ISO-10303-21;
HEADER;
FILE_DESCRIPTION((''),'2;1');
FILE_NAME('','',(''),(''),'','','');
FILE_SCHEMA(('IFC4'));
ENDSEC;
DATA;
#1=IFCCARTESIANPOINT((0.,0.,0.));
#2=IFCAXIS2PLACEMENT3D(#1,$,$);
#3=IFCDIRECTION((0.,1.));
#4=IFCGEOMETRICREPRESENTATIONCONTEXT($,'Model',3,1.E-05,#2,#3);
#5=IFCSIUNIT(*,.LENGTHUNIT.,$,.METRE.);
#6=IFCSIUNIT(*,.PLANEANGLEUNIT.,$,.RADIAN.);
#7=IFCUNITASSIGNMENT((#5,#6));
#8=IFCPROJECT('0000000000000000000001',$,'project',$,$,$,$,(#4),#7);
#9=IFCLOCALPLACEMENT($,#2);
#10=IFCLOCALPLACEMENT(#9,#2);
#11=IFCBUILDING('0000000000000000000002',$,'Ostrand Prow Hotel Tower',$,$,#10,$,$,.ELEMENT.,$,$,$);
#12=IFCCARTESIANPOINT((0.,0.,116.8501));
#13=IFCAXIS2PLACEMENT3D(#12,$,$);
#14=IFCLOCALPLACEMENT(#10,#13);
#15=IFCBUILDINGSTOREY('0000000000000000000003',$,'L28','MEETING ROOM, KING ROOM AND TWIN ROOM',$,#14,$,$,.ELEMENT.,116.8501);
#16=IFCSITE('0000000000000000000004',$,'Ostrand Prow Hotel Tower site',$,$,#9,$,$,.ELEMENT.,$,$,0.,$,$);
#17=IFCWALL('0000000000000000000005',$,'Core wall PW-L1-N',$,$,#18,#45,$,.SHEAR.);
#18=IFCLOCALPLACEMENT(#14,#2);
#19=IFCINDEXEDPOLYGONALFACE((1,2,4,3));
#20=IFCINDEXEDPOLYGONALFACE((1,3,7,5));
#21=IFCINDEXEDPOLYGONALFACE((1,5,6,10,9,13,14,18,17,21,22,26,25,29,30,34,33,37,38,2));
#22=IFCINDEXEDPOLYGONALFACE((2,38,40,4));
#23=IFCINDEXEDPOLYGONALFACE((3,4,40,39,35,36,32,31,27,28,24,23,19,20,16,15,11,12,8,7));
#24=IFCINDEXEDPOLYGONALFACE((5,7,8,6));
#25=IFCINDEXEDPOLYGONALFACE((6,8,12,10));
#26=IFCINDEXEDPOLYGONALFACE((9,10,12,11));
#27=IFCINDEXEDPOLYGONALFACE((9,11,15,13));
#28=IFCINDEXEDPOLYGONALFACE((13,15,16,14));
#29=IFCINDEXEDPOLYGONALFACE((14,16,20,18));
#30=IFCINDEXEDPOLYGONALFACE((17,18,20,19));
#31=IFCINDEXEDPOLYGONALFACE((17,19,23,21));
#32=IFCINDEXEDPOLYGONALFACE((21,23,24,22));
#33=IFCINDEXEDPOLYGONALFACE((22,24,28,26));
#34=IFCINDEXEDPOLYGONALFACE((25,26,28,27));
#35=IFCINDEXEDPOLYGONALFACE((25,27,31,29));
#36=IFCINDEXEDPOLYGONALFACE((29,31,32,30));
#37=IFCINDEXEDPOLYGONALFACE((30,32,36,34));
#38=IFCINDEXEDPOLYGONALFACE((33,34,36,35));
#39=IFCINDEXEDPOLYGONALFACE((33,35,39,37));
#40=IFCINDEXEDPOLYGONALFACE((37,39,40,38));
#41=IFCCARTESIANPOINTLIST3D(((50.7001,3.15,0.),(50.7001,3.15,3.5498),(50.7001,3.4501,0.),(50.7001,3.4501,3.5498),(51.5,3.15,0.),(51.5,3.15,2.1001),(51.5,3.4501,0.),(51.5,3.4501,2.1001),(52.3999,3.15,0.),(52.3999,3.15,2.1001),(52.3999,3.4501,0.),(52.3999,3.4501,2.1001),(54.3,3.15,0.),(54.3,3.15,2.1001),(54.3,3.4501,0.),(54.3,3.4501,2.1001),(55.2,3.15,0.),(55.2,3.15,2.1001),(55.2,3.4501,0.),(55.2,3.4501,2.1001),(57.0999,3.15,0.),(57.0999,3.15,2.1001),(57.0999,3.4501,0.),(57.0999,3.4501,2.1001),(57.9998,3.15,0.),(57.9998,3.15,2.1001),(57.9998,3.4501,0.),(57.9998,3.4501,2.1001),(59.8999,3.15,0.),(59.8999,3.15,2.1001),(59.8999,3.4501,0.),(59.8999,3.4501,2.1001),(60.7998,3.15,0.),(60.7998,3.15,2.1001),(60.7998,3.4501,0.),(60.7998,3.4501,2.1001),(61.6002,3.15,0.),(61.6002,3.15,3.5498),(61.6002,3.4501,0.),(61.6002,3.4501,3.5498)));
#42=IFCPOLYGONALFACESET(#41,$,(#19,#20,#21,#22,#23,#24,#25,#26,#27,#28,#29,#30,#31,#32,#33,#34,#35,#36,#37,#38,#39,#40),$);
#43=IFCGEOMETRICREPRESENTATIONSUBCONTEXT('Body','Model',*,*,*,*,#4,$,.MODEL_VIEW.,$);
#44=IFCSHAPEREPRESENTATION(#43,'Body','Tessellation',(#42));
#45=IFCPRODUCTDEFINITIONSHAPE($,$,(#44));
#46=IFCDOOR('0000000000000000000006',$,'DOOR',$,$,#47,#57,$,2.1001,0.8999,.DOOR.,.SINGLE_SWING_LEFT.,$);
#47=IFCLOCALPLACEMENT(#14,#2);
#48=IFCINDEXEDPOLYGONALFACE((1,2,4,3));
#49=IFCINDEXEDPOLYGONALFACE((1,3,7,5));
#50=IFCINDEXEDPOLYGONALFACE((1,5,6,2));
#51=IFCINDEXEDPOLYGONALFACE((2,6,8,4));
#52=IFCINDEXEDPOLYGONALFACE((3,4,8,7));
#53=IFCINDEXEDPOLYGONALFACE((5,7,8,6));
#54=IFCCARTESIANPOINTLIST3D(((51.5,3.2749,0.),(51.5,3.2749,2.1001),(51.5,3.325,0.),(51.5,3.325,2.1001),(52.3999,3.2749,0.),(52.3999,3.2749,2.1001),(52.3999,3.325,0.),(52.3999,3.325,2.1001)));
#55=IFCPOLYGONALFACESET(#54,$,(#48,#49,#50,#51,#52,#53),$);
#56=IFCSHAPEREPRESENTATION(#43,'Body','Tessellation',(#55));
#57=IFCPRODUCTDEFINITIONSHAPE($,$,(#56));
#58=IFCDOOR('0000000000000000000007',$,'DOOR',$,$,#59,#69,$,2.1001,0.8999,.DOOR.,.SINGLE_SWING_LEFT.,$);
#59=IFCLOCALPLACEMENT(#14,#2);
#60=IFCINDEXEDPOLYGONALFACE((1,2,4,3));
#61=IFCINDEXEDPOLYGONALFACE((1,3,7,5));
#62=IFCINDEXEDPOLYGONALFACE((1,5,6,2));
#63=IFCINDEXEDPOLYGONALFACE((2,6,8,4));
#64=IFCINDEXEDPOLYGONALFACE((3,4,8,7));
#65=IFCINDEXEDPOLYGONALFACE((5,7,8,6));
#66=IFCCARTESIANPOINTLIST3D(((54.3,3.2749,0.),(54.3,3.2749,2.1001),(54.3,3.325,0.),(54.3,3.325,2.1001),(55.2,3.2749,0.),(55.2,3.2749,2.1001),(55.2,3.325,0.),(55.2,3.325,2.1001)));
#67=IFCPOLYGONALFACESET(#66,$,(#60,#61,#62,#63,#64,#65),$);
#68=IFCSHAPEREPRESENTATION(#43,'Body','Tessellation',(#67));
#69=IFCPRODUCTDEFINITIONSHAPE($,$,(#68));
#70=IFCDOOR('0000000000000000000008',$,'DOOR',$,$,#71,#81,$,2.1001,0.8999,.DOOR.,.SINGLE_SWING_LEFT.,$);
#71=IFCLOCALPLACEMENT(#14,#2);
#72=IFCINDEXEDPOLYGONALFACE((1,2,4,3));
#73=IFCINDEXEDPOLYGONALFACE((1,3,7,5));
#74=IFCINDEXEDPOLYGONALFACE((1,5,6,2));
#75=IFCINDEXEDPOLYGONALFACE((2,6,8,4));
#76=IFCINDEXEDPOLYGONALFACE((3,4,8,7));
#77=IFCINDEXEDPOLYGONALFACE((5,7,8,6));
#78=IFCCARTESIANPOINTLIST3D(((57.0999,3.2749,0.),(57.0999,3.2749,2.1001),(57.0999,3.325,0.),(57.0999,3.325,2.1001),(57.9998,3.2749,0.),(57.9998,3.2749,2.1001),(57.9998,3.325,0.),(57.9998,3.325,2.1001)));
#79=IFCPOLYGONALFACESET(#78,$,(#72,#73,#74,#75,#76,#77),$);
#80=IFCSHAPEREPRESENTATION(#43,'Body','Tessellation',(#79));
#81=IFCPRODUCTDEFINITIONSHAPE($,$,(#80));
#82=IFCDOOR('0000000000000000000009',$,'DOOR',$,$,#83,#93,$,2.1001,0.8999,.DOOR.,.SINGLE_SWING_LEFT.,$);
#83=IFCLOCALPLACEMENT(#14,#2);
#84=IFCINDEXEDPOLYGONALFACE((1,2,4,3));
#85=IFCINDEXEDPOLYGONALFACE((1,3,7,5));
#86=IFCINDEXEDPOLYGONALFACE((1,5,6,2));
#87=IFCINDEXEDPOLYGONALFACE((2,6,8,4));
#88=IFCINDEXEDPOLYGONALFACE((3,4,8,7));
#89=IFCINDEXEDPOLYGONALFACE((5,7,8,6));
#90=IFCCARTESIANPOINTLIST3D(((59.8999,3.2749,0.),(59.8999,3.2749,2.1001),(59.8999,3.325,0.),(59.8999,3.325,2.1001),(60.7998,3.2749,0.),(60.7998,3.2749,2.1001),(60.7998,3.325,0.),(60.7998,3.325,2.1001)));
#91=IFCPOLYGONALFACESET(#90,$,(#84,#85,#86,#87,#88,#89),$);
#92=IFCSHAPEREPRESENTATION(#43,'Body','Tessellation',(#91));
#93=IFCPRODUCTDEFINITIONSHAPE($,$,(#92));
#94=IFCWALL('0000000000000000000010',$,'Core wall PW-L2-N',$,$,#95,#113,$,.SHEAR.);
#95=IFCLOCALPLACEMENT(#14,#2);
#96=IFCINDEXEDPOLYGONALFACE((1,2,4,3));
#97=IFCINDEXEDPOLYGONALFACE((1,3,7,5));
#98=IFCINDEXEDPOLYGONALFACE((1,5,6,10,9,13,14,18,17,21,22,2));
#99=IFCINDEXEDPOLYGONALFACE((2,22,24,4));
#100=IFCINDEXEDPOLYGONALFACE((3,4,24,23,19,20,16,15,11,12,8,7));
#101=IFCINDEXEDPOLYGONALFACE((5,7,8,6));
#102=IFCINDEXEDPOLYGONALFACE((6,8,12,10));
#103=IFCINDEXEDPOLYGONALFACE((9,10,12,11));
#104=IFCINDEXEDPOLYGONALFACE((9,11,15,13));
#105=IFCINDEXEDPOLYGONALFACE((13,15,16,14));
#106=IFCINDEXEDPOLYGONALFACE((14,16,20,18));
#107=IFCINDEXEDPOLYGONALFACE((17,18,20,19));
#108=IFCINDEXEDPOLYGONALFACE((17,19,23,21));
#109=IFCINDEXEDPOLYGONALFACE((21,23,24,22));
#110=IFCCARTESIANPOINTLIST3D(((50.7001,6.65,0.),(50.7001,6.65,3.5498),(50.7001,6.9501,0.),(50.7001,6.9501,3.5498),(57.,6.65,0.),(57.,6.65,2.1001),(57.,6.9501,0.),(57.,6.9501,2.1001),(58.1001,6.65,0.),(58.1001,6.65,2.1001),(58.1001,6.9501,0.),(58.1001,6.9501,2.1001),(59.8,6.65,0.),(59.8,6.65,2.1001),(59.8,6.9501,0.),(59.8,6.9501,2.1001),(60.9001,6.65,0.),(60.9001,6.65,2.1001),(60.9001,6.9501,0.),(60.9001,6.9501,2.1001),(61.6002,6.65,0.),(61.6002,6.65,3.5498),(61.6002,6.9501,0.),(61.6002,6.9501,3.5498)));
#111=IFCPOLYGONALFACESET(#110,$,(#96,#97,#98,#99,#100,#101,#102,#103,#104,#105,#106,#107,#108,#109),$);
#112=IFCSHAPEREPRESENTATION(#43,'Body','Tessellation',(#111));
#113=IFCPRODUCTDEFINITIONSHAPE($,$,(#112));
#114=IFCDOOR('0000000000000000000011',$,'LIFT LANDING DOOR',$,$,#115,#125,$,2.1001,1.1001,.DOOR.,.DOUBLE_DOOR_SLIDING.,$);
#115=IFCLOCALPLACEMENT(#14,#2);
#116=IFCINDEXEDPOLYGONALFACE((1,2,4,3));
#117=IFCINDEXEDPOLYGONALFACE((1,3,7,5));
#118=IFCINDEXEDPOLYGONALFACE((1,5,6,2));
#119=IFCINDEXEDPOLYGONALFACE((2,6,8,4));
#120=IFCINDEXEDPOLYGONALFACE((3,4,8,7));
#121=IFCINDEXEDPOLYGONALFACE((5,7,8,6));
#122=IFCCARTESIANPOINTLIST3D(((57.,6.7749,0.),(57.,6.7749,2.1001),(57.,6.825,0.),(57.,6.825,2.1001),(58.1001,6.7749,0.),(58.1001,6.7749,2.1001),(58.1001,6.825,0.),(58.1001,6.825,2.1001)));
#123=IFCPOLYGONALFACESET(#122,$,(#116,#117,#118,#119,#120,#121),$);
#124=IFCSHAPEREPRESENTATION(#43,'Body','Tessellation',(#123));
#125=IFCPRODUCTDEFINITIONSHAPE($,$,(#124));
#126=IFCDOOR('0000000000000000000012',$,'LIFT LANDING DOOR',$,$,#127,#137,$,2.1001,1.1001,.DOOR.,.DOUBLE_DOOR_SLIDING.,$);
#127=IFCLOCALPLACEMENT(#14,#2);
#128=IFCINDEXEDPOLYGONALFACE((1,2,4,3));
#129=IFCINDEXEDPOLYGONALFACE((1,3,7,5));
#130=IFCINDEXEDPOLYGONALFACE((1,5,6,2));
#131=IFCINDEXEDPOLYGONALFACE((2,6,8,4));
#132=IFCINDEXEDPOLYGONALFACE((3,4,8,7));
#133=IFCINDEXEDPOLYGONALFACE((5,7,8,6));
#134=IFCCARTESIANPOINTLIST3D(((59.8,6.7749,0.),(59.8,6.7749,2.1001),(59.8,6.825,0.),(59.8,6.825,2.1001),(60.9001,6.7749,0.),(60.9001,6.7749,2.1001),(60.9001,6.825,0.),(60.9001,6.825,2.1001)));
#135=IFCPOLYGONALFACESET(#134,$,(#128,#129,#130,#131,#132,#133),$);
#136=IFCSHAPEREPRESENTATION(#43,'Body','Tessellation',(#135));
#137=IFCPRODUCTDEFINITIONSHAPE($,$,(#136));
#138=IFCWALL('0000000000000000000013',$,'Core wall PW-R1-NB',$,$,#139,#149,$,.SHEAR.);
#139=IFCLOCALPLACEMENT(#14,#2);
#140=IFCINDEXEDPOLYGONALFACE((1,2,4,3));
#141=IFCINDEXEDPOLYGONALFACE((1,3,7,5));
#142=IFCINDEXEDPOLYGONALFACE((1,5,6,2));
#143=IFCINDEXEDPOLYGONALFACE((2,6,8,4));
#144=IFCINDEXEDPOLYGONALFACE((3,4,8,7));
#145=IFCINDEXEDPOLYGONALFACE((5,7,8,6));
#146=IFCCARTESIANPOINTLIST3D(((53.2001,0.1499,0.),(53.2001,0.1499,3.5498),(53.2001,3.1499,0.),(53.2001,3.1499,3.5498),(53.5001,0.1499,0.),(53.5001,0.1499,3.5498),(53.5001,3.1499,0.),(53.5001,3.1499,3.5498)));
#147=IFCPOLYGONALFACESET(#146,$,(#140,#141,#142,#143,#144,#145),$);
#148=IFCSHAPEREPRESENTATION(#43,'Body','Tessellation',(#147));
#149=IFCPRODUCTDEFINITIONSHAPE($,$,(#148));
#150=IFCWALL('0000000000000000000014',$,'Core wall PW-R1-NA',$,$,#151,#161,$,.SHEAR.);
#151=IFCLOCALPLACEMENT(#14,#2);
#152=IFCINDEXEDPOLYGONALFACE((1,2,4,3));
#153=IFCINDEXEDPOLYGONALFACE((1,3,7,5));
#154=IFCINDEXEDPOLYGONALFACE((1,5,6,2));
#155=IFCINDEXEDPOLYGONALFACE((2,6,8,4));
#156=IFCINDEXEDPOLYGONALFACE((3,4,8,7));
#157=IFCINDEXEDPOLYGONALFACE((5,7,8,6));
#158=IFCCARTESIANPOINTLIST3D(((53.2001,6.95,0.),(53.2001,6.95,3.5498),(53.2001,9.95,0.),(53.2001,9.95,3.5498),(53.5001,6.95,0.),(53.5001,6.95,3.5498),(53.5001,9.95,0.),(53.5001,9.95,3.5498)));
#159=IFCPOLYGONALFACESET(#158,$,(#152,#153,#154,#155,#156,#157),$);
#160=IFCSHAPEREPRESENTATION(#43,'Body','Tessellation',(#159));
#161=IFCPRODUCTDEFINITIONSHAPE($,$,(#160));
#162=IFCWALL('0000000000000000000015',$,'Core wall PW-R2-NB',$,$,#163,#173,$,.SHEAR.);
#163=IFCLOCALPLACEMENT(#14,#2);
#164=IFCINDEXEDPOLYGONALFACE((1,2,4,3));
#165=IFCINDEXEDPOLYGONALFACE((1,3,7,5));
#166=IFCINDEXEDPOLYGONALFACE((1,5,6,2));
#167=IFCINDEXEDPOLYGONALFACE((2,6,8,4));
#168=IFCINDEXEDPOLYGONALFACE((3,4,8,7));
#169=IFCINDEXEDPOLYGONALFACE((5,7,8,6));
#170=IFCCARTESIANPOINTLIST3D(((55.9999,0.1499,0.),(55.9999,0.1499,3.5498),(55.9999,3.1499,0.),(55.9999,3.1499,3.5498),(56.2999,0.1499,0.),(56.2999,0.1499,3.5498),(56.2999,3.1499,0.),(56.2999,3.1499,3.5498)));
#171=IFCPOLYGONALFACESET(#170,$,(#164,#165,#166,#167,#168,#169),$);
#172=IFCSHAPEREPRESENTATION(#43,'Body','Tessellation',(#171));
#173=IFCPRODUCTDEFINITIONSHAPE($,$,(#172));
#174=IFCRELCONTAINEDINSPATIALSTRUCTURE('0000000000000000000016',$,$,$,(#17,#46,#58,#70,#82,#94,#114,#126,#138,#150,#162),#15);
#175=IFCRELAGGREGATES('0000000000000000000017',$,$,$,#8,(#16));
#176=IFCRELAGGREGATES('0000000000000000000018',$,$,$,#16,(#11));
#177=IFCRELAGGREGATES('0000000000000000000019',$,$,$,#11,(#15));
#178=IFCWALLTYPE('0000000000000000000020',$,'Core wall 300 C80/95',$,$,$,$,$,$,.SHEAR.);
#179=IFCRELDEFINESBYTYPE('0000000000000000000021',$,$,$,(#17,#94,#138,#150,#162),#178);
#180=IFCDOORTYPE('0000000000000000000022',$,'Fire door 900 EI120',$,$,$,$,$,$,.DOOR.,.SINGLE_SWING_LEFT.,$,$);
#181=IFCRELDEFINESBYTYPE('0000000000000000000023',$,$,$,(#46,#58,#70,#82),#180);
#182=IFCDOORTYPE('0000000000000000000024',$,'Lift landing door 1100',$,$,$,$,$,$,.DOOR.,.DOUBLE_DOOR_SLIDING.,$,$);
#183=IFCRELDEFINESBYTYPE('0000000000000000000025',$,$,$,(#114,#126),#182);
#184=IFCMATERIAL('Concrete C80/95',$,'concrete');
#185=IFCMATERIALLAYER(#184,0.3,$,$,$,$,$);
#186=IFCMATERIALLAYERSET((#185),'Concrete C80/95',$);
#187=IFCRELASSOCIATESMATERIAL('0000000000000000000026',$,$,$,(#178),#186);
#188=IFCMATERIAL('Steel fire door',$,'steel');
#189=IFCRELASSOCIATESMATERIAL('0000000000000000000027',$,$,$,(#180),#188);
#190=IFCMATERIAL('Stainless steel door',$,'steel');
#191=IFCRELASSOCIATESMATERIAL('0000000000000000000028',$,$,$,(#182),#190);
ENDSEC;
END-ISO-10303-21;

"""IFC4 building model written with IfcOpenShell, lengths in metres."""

from ifc_helpers import new_model, si_unit, direction, frame, frame_2d, origin, place, context, subcontext, project, spatial, rectangle, extrude, material, layer, layer_set, type_object, element, fill, save


model = new_model("IFC4")

# Units and contexts
model_context = context("Model", 3, precision=1e-05, world=origin(), true_north=direction((0.0, 1.0)))
body_context = subcontext(model_context, "Body", "Model", "MODEL_VIEW")
ifc_project = project(units=[si_unit("LENGTHUNIT", "METRE"), si_unit("PLANEANGLEUNIT", "RADIAN")], contexts=[model_context])

# Site, building, storey
site_placement = place(None, origin())
site = spatial("IfcSite", under=ifc_project, at=site_placement, Name="Ostrand Prow Hotel Tower site", CompositionType="ELEMENT", RefElevation=0.0)
building_placement = place(site_placement, origin())
building = spatial("IfcBuilding", under=site, at=building_placement, Name="Ostrand Prow Hotel Tower", CompositionType="ELEMENT")
storey_placement = place(building_placement, frame((0.0, 0.0, 116.8501)))
storey = spatial("IfcBuildingStorey", under=building, at=storey_placement, Name="L28", Description="MEETING ROOM, KING ROOM AND TWIN ROOM", CompositionType="ELEMENT", Elevation=116.8501)

# Walls, openings, doors
ifc_material_1 = material(Name="Concrete C80/95", Category="concrete")
ifc_layer_1 = layer(ifc_material_1, 0.3)
ifc_layer_set_1 = layer_set([ifc_layer_1], Name="Concrete C80/95")
wall_type_1 = type_object("IfcWallType", Name="Core wall 300 C80/95", PredefinedType="SHEAR", material=ifc_layer_set_1)
wall_1_placement = place(storey_placement, frame((50.7, 3.3, 0.0), z_axis=(0.0, 0.0, 1.0), x_axis=(1.0, 0.0, 0.0)))
wall_1 = element("IfcWall", 1, at=wall_1_placement, inside=storey, type_object=wall_type_1, Name="Core wall PW-L1-N", PredefinedType="SHEAR", context=body_context, shape_type="SweptSolid", body=[
    extrude(rectangle(XDim=10.9001, YDim=0.3, at=frame_2d((5.4502, 0.0))), origin(), (0.0, 0.0, 1.0), 3.5498),
])
opening_1_placement = place(wall_1_placement, frame((0.8, 0.0, 0.0)))
opening_1 = element("IfcOpeningElement", 2, at=opening_1_placement, cuts=wall_1, PredefinedType="OPENING", context=body_context, shape_type="SweptSolid", body=[
    extrude(rectangle(XDim=0.8999, YDim=2.1001, at=frame_2d((0.45, 1.05))), frame((0.0, 0.1599, 0.0), z_axis=(0.0, -1.0, 0.0), x_axis=(1.0, 0.0, 0.0)), (0.0, 0.0, 1.0), 0.3201),
])
opening_2_placement = place(wall_1_placement, frame((3.6001, 0.0, 0.0)))
opening_2 = element("IfcOpeningElement", 3, at=opening_2_placement, cuts=wall_1, PredefinedType="OPENING", context=body_context, shape_type="SweptSolid", body=[
    extrude(rectangle(XDim=0.8999, YDim=2.1001, at=frame_2d((0.45, 1.05))), frame((0.0, 0.1599, 0.0), z_axis=(0.0, -1.0, 0.0), x_axis=(1.0, 0.0, 0.0)), (0.0, 0.0, 1.0), 0.3201),
])
opening_3_placement = place(wall_1_placement, frame((6.3999, 0.0, 0.0)))
opening_3 = element("IfcOpeningElement", 4, at=opening_3_placement, cuts=wall_1, PredefinedType="OPENING", context=body_context, shape_type="SweptSolid", body=[
    extrude(rectangle(XDim=0.8999, YDim=2.1001, at=frame_2d((0.45, 1.05))), frame((0.0, 0.1599, 0.0), z_axis=(0.0, -1.0, 0.0), x_axis=(1.0, 0.0, 0.0)), (0.0, 0.0, 1.0), 0.3201),
])
opening_4_placement = place(wall_1_placement, frame((9.2, 0.0, 0.0)))
opening_4 = element("IfcOpeningElement", 5, at=opening_4_placement, cuts=wall_1, PredefinedType="OPENING", context=body_context, shape_type="SweptSolid", body=[
    extrude(rectangle(XDim=0.8999, YDim=2.1001, at=frame_2d((0.45, 1.05))), frame((0.0, 0.1599, 0.0), z_axis=(0.0, -1.0, 0.0), x_axis=(1.0, 0.0, 0.0)), (0.0, 0.0, 1.0), 0.3201),
])
ifc_material_2 = material(Name="Steel fire door", Category="steel")
door_type_1 = type_object("IfcDoorType", Name="Fire door 900 EI120", OperationType="SINGLE_SWING_LEFT", PredefinedType="DOOR", material=ifc_material_2)
door_1_placement = place(opening_1_placement, origin())
door_1 = element("IfcDoor", 6, at=door_1_placement, inside=storey, type_object=door_type_1, Name="DOOR", OperationType="SINGLE_SWING_LEFT", OverallHeight=2.1001, OverallWidth=0.8999, PredefinedType="DOOR", context=body_context, shape_type="SweptSolid", body=[
    extrude(rectangle(XDim=0.8999, YDim=2.1001, at=frame_2d((0.45, 1.05))), frame((0.0, 0.0249, 0.0), z_axis=(0.0, -1.0, 0.0), x_axis=(1.0, 0.0, 0.0)), (0.0, 0.0, 1.0), 0.05),
])
fill(opening_1, door_1)
door_2_placement = place(opening_2_placement, origin())
door_2 = element("IfcDoor", 7, at=door_2_placement, inside=storey, type_object=door_type_1, Name="DOOR", OperationType="SINGLE_SWING_LEFT", OverallHeight=2.1001, OverallWidth=0.8999, PredefinedType="DOOR", context=body_context, shape_type="SweptSolid", body=[
    extrude(rectangle(XDim=0.8999, YDim=2.1001, at=frame_2d((0.45, 1.05))), frame((0.0, 0.0249, 0.0), z_axis=(0.0, -1.0, 0.0), x_axis=(1.0, 0.0, 0.0)), (0.0, 0.0, 1.0), 0.05),
])
fill(opening_2, door_2)
door_3_placement = place(opening_3_placement, origin())
door_3 = element("IfcDoor", 8, at=door_3_placement, inside=storey, type_object=door_type_1, Name="DOOR", OperationType="SINGLE_SWING_LEFT", OverallHeight=2.1001, OverallWidth=0.8999, PredefinedType="DOOR", context=body_context, shape_type="SweptSolid", body=[
    extrude(rectangle(XDim=0.8999, YDim=2.1001, at=frame_2d((0.45, 1.05))), frame((0.0, 0.0249, 0.0), z_axis=(0.0, -1.0, 0.0), x_axis=(1.0, 0.0, 0.0)), (0.0, 0.0, 1.0), 0.05),
])
fill(opening_3, door_3)
door_4_placement = place(opening_4_placement, origin())
door_4 = element("IfcDoor", 9, at=door_4_placement, inside=storey, type_object=door_type_1, Name="DOOR", OperationType="SINGLE_SWING_LEFT", OverallHeight=2.1001, OverallWidth=0.8999, PredefinedType="DOOR", context=body_context, shape_type="SweptSolid", body=[
    extrude(rectangle(XDim=0.8999, YDim=2.1001, at=frame_2d((0.45, 1.05))), frame((0.0, 0.0249, 0.0), z_axis=(0.0, -1.0, 0.0), x_axis=(1.0, 0.0, 0.0)), (0.0, 0.0, 1.0), 0.05),
])
fill(opening_4, door_4)
wall_2_placement = place(storey_placement, frame((50.7, 6.8, 0.0), z_axis=(0.0, 0.0, 1.0), x_axis=(1.0, 0.0, 0.0)))
wall_2 = element("IfcWall", 10, at=wall_2_placement, inside=storey, type_object=wall_type_1, Name="Core wall PW-L2-N", PredefinedType="SHEAR", context=body_context, shape_type="SweptSolid", body=[
    extrude(rectangle(XDim=10.9001, YDim=0.3, at=frame_2d((5.4502, 0.0))), origin(), (0.0, 0.0, 1.0), 3.5498),
])
opening_5_placement = place(wall_2_placement, frame((6.3, 0.0, 0.0)))
opening_5 = element("IfcOpeningElement", 11, at=opening_5_placement, cuts=wall_2, PredefinedType="OPENING", context=body_context, shape_type="SweptSolid", body=[
    extrude(rectangle(XDim=1.1001, YDim=2.1001, at=frame_2d((0.55, 1.05))), frame((0.0, 0.1599, 0.0), z_axis=(0.0, -1.0, 0.0), x_axis=(1.0, 0.0, 0.0)), (0.0, 0.0, 1.0), 0.3201),
])
opening_6_placement = place(wall_2_placement, frame((9.1001, 0.0, 0.0)))
opening_6 = element("IfcOpeningElement", 12, at=opening_6_placement, cuts=wall_2, PredefinedType="OPENING", context=body_context, shape_type="SweptSolid", body=[
    extrude(rectangle(XDim=1.1001, YDim=2.1001, at=frame_2d((0.55, 1.05))), frame((0.0, 0.1599, 0.0), z_axis=(0.0, -1.0, 0.0), x_axis=(1.0, 0.0, 0.0)), (0.0, 0.0, 1.0), 0.3201),
])
ifc_material_3 = material(Name="Stainless steel door", Category="steel")
door_type_2 = type_object("IfcDoorType", Name="Lift landing door 1100", OperationType="DOUBLE_DOOR_SLIDING", PredefinedType="DOOR", material=ifc_material_3)
door_5_placement = place(opening_5_placement, origin())
door_5 = element("IfcDoor", 13, at=door_5_placement, inside=storey, type_object=door_type_2, Name="LIFT LANDING DOOR", OperationType="DOUBLE_DOOR_SLIDING", OverallHeight=2.1001, OverallWidth=1.1001, PredefinedType="DOOR", context=body_context, shape_type="SweptSolid", body=[
    extrude(rectangle(XDim=1.1001, YDim=2.1001, at=frame_2d((0.55, 1.05))), frame((0.0, 0.0249, 0.0), z_axis=(0.0, -1.0, 0.0), x_axis=(1.0, 0.0, 0.0)), (0.0, 0.0, 1.0), 0.05),
])
fill(opening_5, door_5)
door_6_placement = place(opening_6_placement, origin())
door_6 = element("IfcDoor", 14, at=door_6_placement, inside=storey, type_object=door_type_2, Name="LIFT LANDING DOOR", OperationType="DOUBLE_DOOR_SLIDING", OverallHeight=2.1001, OverallWidth=1.1001, PredefinedType="DOOR", context=body_context, shape_type="SweptSolid", body=[
    extrude(rectangle(XDim=1.1001, YDim=2.1001, at=frame_2d((0.55, 1.05))), frame((0.0, 0.0249, 0.0), z_axis=(0.0, -1.0, 0.0), x_axis=(1.0, 0.0, 0.0)), (0.0, 0.0, 1.0), 0.05),
])
fill(opening_6, door_6)

# Walls
for number, where, z_axis, x_axis, name in (
    (15, (53.3501, 0.1499, 0.0), (0.0, 0.0, 1.0), (0.0, 1.0, 0.0), "Core wall PW-R1-NB"),
    (16, (53.3501, 6.95, 0.0), (0.0, 0.0, 1.0), (0.0, 1.0, 0.0), "Core wall PW-R1-NA"),
    (17, (56.1499, 0.1499, 0.0), (0.0, 0.0, 1.0), (0.0, 1.0, 0.0), "Core wall PW-R2-NB"),
):
    element("IfcWall", number, at=place(storey_placement, frame(where, z_axis=z_axis, x_axis=x_axis)), inside=storey, type_object=wall_type_1, Name=name, PredefinedType="SHEAR", context=body_context, shape_type="SweptSolid", body=[
        extrude(rectangle(XDim=3.0, YDim=0.3, at=frame_2d((1.5, 0.0))), origin(), (0.0, 0.0, 1.0), 3.5498),
    ])

save(model, "model.ifc")
